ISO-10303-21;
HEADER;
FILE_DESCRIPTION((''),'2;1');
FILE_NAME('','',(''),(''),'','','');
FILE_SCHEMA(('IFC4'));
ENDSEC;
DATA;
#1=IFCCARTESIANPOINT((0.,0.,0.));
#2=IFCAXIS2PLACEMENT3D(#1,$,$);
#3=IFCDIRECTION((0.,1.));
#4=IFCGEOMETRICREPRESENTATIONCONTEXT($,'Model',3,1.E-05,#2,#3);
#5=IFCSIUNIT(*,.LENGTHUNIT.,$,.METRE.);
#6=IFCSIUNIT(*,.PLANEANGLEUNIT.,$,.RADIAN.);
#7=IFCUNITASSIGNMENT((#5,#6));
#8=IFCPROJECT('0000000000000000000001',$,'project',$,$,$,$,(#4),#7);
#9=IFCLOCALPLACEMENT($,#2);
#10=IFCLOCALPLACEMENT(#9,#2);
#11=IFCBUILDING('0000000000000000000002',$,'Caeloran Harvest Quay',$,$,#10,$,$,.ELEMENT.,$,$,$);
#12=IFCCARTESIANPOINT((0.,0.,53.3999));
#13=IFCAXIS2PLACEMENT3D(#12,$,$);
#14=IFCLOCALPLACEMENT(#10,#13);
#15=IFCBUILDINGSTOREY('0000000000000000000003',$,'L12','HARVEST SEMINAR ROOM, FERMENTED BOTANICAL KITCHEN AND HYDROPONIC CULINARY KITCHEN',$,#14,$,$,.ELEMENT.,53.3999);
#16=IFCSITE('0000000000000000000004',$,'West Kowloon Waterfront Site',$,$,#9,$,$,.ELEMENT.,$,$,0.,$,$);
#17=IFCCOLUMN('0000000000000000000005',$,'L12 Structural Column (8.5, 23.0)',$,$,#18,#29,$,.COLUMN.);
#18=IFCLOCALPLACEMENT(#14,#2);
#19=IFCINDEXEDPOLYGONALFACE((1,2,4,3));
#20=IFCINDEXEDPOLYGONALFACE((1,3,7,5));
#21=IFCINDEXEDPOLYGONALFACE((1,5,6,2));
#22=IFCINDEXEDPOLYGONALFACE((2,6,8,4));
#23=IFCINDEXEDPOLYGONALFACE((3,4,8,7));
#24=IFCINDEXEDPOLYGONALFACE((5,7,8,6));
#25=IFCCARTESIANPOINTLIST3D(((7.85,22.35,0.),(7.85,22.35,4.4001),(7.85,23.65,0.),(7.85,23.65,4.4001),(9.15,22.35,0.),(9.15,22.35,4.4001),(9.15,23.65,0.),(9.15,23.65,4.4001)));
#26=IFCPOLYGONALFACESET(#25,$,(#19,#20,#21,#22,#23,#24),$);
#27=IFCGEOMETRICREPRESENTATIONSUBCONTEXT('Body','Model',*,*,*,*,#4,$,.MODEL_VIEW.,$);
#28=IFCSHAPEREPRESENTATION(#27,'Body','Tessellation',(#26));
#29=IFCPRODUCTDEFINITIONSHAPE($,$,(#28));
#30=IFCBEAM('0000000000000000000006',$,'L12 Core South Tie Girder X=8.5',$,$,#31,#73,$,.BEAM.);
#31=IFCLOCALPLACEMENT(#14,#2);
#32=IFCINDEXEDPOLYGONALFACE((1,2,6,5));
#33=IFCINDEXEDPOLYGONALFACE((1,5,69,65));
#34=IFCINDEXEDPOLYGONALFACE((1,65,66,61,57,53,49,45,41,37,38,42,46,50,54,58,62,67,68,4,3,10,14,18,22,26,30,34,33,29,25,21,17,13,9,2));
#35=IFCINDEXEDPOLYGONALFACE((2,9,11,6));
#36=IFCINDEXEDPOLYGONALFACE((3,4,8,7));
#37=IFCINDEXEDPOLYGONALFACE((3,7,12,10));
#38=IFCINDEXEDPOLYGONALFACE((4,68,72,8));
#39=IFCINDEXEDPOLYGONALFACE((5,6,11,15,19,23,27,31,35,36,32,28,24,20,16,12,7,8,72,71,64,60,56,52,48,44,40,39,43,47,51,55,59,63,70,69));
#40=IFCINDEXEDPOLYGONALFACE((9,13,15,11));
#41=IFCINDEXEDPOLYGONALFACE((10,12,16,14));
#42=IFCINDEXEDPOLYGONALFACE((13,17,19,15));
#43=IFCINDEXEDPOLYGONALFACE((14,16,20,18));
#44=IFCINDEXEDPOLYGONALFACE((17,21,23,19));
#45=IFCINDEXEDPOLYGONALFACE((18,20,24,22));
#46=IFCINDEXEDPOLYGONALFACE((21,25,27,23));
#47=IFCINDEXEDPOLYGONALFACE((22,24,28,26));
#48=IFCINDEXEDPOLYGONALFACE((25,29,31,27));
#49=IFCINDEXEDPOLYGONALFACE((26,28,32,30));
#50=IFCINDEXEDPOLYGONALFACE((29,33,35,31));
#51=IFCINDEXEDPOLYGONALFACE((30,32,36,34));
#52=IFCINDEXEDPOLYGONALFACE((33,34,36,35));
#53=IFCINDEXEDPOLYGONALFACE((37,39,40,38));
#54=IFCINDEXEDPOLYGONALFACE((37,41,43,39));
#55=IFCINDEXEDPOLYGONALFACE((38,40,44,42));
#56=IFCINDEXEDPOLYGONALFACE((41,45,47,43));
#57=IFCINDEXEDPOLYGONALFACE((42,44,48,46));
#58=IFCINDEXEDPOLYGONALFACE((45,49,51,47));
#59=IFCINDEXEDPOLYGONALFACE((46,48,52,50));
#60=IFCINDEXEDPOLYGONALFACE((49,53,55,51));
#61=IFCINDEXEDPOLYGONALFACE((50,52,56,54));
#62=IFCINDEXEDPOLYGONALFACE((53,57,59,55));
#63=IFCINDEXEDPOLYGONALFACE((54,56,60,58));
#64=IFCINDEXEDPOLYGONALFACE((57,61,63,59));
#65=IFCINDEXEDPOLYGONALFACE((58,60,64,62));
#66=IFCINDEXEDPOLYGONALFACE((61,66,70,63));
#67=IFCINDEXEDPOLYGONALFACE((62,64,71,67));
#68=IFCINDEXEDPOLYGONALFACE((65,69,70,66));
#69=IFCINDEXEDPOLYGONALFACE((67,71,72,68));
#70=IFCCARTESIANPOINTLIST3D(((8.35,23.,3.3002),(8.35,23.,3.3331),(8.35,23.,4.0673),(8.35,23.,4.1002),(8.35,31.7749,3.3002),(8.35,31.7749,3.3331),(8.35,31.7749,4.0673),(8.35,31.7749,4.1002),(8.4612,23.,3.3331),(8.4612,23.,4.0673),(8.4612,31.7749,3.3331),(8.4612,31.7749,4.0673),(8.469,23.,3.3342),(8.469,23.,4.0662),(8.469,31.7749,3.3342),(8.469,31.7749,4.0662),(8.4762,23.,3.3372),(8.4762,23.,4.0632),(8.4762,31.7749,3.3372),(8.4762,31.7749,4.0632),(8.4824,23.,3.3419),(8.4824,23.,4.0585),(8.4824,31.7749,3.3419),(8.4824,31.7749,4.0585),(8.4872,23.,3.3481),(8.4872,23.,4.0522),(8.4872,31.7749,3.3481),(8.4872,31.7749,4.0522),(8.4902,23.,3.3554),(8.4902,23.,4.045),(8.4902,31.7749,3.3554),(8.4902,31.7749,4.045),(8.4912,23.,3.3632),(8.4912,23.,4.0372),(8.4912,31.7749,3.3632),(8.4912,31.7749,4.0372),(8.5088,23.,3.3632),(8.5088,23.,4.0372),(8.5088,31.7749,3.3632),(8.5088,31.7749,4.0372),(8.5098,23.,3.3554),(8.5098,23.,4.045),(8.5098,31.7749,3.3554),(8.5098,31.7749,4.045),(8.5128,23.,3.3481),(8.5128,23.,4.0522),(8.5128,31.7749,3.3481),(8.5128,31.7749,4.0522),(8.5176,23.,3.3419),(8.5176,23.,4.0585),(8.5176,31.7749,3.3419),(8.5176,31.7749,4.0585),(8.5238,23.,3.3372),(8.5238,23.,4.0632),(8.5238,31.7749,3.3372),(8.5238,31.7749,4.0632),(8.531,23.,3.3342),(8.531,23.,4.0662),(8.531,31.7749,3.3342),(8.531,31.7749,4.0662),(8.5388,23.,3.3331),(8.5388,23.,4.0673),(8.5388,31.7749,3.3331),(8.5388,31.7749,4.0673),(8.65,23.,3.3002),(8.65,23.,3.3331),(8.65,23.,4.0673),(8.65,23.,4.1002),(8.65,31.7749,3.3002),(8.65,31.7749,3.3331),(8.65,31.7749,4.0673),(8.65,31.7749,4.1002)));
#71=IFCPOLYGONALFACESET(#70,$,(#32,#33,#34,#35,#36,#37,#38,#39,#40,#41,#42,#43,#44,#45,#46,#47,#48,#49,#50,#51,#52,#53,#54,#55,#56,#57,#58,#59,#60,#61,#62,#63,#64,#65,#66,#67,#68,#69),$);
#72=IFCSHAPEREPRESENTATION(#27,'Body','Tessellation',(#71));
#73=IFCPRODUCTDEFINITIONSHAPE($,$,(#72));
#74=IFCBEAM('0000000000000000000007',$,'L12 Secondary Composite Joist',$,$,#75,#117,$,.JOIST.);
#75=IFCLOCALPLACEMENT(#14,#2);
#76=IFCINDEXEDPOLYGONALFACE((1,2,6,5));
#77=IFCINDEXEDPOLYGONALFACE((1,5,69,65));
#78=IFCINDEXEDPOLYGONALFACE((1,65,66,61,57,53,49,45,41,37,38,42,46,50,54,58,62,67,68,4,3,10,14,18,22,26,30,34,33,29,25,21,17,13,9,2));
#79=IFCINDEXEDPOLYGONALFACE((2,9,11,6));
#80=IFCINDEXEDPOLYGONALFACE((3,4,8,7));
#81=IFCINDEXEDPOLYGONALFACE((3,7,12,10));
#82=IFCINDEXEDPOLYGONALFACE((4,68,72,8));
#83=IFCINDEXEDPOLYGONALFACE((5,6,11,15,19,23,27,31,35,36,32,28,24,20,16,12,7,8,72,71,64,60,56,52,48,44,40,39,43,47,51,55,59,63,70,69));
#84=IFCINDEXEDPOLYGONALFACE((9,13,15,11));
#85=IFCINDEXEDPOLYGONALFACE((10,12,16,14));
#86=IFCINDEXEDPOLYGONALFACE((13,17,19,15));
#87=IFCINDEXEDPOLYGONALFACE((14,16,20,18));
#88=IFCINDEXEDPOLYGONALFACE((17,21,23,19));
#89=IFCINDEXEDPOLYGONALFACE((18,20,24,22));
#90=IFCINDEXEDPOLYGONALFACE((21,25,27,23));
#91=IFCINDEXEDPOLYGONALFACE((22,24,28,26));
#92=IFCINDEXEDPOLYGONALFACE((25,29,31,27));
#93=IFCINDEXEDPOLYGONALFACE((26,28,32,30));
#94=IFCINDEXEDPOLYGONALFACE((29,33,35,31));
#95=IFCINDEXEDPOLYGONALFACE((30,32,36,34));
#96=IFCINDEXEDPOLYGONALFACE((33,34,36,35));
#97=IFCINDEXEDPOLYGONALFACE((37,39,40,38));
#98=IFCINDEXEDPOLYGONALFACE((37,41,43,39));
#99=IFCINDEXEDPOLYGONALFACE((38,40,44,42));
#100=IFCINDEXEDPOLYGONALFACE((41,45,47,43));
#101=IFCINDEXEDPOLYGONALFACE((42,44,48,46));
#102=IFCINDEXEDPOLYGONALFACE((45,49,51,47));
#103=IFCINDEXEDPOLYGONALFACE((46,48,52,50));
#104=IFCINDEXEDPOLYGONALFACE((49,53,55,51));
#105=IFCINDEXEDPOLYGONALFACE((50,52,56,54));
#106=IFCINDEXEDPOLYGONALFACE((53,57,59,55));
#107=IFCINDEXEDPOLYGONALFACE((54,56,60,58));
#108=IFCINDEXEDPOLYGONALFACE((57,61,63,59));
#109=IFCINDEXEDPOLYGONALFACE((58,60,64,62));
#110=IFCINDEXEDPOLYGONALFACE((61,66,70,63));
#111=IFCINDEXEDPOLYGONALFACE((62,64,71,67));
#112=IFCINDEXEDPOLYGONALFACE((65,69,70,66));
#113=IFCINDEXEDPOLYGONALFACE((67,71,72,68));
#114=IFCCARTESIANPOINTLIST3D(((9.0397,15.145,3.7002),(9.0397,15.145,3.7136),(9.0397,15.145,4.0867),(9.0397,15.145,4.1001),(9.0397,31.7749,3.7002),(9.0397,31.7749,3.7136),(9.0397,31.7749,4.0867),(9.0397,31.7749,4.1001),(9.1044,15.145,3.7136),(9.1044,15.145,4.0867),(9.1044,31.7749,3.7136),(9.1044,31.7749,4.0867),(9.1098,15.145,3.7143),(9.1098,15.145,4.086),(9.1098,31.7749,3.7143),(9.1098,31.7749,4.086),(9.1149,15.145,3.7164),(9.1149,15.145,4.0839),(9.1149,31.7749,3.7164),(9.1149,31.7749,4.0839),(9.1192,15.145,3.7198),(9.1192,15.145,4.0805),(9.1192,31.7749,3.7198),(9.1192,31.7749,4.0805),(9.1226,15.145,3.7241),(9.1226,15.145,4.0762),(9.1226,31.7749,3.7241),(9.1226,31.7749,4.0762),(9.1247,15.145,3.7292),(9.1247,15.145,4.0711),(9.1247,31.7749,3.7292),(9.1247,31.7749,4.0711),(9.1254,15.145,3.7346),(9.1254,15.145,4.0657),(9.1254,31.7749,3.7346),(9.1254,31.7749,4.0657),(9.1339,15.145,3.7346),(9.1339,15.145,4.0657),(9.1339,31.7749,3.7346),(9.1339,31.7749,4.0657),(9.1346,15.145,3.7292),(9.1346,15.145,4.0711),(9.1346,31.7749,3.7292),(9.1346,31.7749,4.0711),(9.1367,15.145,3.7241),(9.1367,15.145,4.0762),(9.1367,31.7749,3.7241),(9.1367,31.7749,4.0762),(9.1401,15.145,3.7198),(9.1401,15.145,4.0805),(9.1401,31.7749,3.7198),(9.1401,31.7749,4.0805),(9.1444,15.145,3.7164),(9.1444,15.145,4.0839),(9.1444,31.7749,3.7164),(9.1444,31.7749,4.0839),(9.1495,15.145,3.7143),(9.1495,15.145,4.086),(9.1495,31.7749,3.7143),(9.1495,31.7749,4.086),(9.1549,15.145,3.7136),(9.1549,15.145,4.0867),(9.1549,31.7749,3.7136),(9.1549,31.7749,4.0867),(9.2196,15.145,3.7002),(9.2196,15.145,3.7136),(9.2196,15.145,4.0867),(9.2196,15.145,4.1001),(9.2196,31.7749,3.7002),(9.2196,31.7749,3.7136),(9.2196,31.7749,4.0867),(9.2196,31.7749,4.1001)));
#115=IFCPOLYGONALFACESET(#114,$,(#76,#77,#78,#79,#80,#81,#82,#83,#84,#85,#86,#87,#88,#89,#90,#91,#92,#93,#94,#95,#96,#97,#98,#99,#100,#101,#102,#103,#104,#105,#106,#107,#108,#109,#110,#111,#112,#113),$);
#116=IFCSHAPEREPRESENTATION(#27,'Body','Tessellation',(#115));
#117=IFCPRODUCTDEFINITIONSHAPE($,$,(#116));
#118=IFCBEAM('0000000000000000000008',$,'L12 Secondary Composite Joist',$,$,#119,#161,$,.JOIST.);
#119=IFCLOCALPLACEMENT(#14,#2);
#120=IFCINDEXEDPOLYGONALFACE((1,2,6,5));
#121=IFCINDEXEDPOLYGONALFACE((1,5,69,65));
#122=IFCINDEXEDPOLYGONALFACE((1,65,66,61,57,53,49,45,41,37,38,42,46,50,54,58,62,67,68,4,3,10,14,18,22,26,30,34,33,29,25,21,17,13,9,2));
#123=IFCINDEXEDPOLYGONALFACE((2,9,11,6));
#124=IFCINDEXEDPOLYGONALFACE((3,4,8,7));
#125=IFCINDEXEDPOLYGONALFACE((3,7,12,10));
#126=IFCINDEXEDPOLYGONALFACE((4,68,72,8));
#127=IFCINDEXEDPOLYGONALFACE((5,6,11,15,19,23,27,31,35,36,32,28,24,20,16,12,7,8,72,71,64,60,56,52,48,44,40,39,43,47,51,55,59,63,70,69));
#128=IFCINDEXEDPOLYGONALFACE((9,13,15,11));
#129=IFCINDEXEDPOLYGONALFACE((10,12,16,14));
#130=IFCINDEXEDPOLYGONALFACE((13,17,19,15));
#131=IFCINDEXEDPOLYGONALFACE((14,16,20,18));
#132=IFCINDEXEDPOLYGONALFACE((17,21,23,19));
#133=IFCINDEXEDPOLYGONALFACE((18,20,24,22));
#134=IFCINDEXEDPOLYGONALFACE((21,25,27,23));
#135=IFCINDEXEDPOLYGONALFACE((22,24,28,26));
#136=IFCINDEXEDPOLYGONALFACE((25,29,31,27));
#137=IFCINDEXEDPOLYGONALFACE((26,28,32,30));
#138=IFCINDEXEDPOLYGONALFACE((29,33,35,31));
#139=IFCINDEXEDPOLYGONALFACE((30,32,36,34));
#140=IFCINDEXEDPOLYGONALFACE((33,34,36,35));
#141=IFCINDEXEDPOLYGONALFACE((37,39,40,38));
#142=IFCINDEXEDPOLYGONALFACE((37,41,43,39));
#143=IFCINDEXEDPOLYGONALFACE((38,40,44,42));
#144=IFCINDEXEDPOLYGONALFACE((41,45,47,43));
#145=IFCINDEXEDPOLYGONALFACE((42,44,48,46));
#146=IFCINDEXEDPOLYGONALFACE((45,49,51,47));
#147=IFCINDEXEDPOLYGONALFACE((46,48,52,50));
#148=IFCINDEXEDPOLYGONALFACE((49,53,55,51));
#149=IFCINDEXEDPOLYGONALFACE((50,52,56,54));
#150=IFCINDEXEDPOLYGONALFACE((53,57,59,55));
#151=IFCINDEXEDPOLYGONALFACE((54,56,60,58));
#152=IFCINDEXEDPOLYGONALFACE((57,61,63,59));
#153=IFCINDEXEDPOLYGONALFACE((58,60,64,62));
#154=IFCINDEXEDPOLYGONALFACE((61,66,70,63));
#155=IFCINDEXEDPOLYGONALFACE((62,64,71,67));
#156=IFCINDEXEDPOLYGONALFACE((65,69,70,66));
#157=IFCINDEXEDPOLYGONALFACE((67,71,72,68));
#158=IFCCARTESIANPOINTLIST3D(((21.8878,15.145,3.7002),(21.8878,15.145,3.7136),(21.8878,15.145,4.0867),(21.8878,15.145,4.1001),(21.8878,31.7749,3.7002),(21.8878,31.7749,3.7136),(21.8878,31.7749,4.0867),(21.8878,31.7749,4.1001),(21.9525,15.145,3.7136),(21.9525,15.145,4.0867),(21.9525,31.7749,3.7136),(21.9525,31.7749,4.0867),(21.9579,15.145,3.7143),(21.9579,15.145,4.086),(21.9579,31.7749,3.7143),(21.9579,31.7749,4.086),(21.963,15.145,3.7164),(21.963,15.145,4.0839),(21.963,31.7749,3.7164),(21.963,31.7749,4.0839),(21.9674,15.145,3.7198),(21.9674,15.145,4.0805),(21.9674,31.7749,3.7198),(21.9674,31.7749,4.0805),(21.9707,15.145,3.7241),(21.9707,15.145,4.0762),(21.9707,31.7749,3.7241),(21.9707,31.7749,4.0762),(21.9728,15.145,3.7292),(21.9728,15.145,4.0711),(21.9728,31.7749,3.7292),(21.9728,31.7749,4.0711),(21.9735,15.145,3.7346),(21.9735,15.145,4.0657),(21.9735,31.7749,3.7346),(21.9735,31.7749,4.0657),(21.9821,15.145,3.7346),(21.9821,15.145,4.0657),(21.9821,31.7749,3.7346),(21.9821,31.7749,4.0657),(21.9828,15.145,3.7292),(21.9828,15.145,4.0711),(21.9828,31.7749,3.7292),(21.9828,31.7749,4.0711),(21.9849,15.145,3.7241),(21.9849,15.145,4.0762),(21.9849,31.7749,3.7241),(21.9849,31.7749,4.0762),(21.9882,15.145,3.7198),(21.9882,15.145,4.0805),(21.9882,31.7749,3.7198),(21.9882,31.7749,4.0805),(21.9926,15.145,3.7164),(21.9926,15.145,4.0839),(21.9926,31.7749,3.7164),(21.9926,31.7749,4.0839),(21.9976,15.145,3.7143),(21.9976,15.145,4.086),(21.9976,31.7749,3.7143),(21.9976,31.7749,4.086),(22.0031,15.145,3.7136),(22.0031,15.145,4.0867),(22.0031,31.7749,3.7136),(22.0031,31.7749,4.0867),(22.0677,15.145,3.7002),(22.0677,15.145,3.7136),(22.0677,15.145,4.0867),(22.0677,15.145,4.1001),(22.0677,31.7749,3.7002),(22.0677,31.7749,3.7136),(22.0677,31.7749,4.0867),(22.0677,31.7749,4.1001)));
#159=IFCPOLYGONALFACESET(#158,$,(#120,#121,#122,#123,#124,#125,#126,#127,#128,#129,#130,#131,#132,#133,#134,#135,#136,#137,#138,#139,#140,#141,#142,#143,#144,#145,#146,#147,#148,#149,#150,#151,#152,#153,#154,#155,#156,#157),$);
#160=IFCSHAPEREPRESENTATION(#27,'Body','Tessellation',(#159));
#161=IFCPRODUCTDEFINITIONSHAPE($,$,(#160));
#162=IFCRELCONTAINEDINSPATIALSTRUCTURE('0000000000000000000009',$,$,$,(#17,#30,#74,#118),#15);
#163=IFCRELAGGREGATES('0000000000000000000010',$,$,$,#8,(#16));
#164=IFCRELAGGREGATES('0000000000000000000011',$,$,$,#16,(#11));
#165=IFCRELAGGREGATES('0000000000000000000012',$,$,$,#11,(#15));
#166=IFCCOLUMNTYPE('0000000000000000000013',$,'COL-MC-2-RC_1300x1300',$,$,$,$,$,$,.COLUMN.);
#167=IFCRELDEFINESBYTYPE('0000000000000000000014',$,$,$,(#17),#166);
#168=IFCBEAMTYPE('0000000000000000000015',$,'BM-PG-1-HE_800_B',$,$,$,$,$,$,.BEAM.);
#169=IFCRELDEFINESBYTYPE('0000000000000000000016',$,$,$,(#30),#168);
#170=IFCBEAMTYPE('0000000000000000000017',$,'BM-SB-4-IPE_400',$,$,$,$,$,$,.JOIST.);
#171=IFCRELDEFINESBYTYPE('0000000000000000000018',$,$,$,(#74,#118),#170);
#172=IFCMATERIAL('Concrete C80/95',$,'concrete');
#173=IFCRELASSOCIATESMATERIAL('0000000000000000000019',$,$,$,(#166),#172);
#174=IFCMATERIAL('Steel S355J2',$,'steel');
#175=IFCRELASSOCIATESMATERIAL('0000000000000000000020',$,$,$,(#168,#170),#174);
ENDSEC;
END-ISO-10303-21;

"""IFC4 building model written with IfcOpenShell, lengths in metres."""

from ifc_helpers import new_model, si_unit, direction, frame, origin, origin_2d, place, context, subcontext, project, spatial, rectangle, i_section, extrude, material, material_profile, profile_set, type_object, element, save


model = new_model("IFC4")

# Units and contexts
model_context = context("Model", 3, precision=1e-05, world=origin(), true_north=direction((0.0, 1.0)))
body_context = subcontext(model_context, "Body", "Model", "MODEL_VIEW")
ifc_project = project(units=[si_unit("LENGTHUNIT", "METRE"), si_unit("PLANEANGLEUNIT", "RADIAN")], contexts=[model_context])

# Site, building, storey
site_placement = place(None, origin())
site = spatial("IfcSite", under=ifc_project, at=site_placement, Name="West Kowloon Waterfront Site", CompositionType="ELEMENT", RefElevation=0.0)
building_placement = place(site_placement, origin())
building = spatial("IfcBuilding", under=site, at=building_placement, Name="Caeloran Harvest Quay", CompositionType="ELEMENT")
storey_placement = place(building_placement, frame((0.0, 0.0, 53.3999)))
storey = spatial("IfcBuildingStorey", under=building, at=storey_placement, Name="L12", Description="HARVEST SEMINAR ROOM, FERMENTED BOTANICAL KITCHEN AND HYDROPONIC CULINARY KITCHEN", CompositionType="ELEMENT", Elevation=53.3999)

# Column
ifc_material_1 = material(Name="Concrete C80/95", Category="concrete")
ifc_material_profile_1 = material_profile(ifc_material_1, rectangle(XDim=1.3, YDim=1.3, at=origin_2d()), Name="RC 1300x1300")
ifc_profile_set_1 = profile_set([ifc_material_profile_1], Name="Concrete C80/95")
column_type = type_object("IfcColumnType", Name="COL-MC-2-RC_1300x1300", PredefinedType="COLUMN", material=ifc_profile_set_1)
column_placement = place(storey_placement, frame((8.5, 23.0, 0.0), z_axis=(0.0, 0.0, 1.0), x_axis=(1.0, 0.0, 0.0)))
element("IfcColumn", 1, at=column_placement, inside=storey, type_object=column_type, Name="L12 Structural Column (8.5, 23.0)", PredefinedType="COLUMN", context=body_context, shape_type="SweptSolid", body=[
    extrude(rectangle(XDim=1.3, YDim=1.3, at=origin_2d()), origin(), (0.0, 0.0, 1.0), 4.4001),
])

# Beams
ifc_material_2 = material(Name="Steel S355J2", Category="steel")
ifc_material_profile_2 = material_profile(ifc_material_2, i_section(OverallWidth=0.3, OverallDepth=0.8, WebThickness=0.0176, FlangeThickness=0.033, FilletRadius=0.03, at=origin_2d()), Name="HE 800 B")
ifc_profile_set_2 = profile_set([ifc_material_profile_2], Name="Steel S355J2")
beam_type_1 = type_object("IfcBeamType", Name="BM-PG-1-HE_800_B", PredefinedType="BEAM", material=ifc_profile_set_2)
beam_placement = place(storey_placement, frame((8.5, 23.0, 3.7002), z_axis=(0.0, 1.0, 0.0), x_axis=(-1.0, 0.0, 0.0)))
element("IfcBeam", 2, at=beam_placement, inside=storey, type_object=beam_type_1, Name="L12 Core South Tie Girder X=8.5", PredefinedType="BEAM", context=body_context, shape_type="SweptSolid", body=[
    extrude(i_section(OverallWidth=0.3, OverallDepth=0.8, WebThickness=0.0176, FlangeThickness=0.033, FilletRadius=0.03, at=origin_2d()), origin(), (0.0, 0.0, 1.0), 8.7749),
])
ifc_material_profile_3 = material_profile(ifc_material_2, i_section(OverallWidth=0.1799, OverallDepth=0.3999, WebThickness=0.0085, FlangeThickness=0.0134, FilletRadius=0.021, at=origin_2d()), Name="IPE 400")
ifc_profile_set_3 = profile_set([ifc_material_profile_3], Name="Steel S355J2")
beam_type_2 = type_object("IfcBeamType", Name="BM-SB-4-IPE_400", PredefinedType="JOIST", material=ifc_profile_set_3)
for number, where, z_axis, x_axis, name in (
    (3, (9.1296, 15.145, 3.9001), (0.0, 1.0, 0.0), (-1.0, 0.0, 0.0), "L12 Secondary Composite Joist"),
    (4, (21.9778, 15.145, 3.9001), (0.0, 1.0, 0.0), (-1.0, 0.0, 0.0), "L12 Secondary Composite Joist"),
):
    element("IfcBeam", number, at=place(storey_placement, frame(where, z_axis=z_axis, x_axis=x_axis)), inside=storey, type_object=beam_type_2, Name=name, PredefinedType="JOIST", context=body_context, shape_type="SweptSolid", body=[
        extrude(i_section(OverallWidth=0.1799, OverallDepth=0.3999, WebThickness=0.0085, FlangeThickness=0.0134, FilletRadius=0.021, at=origin_2d()), origin(), (0.0, 0.0, 1.0), 16.6299),
    ])

save(model, "model.ifc")
